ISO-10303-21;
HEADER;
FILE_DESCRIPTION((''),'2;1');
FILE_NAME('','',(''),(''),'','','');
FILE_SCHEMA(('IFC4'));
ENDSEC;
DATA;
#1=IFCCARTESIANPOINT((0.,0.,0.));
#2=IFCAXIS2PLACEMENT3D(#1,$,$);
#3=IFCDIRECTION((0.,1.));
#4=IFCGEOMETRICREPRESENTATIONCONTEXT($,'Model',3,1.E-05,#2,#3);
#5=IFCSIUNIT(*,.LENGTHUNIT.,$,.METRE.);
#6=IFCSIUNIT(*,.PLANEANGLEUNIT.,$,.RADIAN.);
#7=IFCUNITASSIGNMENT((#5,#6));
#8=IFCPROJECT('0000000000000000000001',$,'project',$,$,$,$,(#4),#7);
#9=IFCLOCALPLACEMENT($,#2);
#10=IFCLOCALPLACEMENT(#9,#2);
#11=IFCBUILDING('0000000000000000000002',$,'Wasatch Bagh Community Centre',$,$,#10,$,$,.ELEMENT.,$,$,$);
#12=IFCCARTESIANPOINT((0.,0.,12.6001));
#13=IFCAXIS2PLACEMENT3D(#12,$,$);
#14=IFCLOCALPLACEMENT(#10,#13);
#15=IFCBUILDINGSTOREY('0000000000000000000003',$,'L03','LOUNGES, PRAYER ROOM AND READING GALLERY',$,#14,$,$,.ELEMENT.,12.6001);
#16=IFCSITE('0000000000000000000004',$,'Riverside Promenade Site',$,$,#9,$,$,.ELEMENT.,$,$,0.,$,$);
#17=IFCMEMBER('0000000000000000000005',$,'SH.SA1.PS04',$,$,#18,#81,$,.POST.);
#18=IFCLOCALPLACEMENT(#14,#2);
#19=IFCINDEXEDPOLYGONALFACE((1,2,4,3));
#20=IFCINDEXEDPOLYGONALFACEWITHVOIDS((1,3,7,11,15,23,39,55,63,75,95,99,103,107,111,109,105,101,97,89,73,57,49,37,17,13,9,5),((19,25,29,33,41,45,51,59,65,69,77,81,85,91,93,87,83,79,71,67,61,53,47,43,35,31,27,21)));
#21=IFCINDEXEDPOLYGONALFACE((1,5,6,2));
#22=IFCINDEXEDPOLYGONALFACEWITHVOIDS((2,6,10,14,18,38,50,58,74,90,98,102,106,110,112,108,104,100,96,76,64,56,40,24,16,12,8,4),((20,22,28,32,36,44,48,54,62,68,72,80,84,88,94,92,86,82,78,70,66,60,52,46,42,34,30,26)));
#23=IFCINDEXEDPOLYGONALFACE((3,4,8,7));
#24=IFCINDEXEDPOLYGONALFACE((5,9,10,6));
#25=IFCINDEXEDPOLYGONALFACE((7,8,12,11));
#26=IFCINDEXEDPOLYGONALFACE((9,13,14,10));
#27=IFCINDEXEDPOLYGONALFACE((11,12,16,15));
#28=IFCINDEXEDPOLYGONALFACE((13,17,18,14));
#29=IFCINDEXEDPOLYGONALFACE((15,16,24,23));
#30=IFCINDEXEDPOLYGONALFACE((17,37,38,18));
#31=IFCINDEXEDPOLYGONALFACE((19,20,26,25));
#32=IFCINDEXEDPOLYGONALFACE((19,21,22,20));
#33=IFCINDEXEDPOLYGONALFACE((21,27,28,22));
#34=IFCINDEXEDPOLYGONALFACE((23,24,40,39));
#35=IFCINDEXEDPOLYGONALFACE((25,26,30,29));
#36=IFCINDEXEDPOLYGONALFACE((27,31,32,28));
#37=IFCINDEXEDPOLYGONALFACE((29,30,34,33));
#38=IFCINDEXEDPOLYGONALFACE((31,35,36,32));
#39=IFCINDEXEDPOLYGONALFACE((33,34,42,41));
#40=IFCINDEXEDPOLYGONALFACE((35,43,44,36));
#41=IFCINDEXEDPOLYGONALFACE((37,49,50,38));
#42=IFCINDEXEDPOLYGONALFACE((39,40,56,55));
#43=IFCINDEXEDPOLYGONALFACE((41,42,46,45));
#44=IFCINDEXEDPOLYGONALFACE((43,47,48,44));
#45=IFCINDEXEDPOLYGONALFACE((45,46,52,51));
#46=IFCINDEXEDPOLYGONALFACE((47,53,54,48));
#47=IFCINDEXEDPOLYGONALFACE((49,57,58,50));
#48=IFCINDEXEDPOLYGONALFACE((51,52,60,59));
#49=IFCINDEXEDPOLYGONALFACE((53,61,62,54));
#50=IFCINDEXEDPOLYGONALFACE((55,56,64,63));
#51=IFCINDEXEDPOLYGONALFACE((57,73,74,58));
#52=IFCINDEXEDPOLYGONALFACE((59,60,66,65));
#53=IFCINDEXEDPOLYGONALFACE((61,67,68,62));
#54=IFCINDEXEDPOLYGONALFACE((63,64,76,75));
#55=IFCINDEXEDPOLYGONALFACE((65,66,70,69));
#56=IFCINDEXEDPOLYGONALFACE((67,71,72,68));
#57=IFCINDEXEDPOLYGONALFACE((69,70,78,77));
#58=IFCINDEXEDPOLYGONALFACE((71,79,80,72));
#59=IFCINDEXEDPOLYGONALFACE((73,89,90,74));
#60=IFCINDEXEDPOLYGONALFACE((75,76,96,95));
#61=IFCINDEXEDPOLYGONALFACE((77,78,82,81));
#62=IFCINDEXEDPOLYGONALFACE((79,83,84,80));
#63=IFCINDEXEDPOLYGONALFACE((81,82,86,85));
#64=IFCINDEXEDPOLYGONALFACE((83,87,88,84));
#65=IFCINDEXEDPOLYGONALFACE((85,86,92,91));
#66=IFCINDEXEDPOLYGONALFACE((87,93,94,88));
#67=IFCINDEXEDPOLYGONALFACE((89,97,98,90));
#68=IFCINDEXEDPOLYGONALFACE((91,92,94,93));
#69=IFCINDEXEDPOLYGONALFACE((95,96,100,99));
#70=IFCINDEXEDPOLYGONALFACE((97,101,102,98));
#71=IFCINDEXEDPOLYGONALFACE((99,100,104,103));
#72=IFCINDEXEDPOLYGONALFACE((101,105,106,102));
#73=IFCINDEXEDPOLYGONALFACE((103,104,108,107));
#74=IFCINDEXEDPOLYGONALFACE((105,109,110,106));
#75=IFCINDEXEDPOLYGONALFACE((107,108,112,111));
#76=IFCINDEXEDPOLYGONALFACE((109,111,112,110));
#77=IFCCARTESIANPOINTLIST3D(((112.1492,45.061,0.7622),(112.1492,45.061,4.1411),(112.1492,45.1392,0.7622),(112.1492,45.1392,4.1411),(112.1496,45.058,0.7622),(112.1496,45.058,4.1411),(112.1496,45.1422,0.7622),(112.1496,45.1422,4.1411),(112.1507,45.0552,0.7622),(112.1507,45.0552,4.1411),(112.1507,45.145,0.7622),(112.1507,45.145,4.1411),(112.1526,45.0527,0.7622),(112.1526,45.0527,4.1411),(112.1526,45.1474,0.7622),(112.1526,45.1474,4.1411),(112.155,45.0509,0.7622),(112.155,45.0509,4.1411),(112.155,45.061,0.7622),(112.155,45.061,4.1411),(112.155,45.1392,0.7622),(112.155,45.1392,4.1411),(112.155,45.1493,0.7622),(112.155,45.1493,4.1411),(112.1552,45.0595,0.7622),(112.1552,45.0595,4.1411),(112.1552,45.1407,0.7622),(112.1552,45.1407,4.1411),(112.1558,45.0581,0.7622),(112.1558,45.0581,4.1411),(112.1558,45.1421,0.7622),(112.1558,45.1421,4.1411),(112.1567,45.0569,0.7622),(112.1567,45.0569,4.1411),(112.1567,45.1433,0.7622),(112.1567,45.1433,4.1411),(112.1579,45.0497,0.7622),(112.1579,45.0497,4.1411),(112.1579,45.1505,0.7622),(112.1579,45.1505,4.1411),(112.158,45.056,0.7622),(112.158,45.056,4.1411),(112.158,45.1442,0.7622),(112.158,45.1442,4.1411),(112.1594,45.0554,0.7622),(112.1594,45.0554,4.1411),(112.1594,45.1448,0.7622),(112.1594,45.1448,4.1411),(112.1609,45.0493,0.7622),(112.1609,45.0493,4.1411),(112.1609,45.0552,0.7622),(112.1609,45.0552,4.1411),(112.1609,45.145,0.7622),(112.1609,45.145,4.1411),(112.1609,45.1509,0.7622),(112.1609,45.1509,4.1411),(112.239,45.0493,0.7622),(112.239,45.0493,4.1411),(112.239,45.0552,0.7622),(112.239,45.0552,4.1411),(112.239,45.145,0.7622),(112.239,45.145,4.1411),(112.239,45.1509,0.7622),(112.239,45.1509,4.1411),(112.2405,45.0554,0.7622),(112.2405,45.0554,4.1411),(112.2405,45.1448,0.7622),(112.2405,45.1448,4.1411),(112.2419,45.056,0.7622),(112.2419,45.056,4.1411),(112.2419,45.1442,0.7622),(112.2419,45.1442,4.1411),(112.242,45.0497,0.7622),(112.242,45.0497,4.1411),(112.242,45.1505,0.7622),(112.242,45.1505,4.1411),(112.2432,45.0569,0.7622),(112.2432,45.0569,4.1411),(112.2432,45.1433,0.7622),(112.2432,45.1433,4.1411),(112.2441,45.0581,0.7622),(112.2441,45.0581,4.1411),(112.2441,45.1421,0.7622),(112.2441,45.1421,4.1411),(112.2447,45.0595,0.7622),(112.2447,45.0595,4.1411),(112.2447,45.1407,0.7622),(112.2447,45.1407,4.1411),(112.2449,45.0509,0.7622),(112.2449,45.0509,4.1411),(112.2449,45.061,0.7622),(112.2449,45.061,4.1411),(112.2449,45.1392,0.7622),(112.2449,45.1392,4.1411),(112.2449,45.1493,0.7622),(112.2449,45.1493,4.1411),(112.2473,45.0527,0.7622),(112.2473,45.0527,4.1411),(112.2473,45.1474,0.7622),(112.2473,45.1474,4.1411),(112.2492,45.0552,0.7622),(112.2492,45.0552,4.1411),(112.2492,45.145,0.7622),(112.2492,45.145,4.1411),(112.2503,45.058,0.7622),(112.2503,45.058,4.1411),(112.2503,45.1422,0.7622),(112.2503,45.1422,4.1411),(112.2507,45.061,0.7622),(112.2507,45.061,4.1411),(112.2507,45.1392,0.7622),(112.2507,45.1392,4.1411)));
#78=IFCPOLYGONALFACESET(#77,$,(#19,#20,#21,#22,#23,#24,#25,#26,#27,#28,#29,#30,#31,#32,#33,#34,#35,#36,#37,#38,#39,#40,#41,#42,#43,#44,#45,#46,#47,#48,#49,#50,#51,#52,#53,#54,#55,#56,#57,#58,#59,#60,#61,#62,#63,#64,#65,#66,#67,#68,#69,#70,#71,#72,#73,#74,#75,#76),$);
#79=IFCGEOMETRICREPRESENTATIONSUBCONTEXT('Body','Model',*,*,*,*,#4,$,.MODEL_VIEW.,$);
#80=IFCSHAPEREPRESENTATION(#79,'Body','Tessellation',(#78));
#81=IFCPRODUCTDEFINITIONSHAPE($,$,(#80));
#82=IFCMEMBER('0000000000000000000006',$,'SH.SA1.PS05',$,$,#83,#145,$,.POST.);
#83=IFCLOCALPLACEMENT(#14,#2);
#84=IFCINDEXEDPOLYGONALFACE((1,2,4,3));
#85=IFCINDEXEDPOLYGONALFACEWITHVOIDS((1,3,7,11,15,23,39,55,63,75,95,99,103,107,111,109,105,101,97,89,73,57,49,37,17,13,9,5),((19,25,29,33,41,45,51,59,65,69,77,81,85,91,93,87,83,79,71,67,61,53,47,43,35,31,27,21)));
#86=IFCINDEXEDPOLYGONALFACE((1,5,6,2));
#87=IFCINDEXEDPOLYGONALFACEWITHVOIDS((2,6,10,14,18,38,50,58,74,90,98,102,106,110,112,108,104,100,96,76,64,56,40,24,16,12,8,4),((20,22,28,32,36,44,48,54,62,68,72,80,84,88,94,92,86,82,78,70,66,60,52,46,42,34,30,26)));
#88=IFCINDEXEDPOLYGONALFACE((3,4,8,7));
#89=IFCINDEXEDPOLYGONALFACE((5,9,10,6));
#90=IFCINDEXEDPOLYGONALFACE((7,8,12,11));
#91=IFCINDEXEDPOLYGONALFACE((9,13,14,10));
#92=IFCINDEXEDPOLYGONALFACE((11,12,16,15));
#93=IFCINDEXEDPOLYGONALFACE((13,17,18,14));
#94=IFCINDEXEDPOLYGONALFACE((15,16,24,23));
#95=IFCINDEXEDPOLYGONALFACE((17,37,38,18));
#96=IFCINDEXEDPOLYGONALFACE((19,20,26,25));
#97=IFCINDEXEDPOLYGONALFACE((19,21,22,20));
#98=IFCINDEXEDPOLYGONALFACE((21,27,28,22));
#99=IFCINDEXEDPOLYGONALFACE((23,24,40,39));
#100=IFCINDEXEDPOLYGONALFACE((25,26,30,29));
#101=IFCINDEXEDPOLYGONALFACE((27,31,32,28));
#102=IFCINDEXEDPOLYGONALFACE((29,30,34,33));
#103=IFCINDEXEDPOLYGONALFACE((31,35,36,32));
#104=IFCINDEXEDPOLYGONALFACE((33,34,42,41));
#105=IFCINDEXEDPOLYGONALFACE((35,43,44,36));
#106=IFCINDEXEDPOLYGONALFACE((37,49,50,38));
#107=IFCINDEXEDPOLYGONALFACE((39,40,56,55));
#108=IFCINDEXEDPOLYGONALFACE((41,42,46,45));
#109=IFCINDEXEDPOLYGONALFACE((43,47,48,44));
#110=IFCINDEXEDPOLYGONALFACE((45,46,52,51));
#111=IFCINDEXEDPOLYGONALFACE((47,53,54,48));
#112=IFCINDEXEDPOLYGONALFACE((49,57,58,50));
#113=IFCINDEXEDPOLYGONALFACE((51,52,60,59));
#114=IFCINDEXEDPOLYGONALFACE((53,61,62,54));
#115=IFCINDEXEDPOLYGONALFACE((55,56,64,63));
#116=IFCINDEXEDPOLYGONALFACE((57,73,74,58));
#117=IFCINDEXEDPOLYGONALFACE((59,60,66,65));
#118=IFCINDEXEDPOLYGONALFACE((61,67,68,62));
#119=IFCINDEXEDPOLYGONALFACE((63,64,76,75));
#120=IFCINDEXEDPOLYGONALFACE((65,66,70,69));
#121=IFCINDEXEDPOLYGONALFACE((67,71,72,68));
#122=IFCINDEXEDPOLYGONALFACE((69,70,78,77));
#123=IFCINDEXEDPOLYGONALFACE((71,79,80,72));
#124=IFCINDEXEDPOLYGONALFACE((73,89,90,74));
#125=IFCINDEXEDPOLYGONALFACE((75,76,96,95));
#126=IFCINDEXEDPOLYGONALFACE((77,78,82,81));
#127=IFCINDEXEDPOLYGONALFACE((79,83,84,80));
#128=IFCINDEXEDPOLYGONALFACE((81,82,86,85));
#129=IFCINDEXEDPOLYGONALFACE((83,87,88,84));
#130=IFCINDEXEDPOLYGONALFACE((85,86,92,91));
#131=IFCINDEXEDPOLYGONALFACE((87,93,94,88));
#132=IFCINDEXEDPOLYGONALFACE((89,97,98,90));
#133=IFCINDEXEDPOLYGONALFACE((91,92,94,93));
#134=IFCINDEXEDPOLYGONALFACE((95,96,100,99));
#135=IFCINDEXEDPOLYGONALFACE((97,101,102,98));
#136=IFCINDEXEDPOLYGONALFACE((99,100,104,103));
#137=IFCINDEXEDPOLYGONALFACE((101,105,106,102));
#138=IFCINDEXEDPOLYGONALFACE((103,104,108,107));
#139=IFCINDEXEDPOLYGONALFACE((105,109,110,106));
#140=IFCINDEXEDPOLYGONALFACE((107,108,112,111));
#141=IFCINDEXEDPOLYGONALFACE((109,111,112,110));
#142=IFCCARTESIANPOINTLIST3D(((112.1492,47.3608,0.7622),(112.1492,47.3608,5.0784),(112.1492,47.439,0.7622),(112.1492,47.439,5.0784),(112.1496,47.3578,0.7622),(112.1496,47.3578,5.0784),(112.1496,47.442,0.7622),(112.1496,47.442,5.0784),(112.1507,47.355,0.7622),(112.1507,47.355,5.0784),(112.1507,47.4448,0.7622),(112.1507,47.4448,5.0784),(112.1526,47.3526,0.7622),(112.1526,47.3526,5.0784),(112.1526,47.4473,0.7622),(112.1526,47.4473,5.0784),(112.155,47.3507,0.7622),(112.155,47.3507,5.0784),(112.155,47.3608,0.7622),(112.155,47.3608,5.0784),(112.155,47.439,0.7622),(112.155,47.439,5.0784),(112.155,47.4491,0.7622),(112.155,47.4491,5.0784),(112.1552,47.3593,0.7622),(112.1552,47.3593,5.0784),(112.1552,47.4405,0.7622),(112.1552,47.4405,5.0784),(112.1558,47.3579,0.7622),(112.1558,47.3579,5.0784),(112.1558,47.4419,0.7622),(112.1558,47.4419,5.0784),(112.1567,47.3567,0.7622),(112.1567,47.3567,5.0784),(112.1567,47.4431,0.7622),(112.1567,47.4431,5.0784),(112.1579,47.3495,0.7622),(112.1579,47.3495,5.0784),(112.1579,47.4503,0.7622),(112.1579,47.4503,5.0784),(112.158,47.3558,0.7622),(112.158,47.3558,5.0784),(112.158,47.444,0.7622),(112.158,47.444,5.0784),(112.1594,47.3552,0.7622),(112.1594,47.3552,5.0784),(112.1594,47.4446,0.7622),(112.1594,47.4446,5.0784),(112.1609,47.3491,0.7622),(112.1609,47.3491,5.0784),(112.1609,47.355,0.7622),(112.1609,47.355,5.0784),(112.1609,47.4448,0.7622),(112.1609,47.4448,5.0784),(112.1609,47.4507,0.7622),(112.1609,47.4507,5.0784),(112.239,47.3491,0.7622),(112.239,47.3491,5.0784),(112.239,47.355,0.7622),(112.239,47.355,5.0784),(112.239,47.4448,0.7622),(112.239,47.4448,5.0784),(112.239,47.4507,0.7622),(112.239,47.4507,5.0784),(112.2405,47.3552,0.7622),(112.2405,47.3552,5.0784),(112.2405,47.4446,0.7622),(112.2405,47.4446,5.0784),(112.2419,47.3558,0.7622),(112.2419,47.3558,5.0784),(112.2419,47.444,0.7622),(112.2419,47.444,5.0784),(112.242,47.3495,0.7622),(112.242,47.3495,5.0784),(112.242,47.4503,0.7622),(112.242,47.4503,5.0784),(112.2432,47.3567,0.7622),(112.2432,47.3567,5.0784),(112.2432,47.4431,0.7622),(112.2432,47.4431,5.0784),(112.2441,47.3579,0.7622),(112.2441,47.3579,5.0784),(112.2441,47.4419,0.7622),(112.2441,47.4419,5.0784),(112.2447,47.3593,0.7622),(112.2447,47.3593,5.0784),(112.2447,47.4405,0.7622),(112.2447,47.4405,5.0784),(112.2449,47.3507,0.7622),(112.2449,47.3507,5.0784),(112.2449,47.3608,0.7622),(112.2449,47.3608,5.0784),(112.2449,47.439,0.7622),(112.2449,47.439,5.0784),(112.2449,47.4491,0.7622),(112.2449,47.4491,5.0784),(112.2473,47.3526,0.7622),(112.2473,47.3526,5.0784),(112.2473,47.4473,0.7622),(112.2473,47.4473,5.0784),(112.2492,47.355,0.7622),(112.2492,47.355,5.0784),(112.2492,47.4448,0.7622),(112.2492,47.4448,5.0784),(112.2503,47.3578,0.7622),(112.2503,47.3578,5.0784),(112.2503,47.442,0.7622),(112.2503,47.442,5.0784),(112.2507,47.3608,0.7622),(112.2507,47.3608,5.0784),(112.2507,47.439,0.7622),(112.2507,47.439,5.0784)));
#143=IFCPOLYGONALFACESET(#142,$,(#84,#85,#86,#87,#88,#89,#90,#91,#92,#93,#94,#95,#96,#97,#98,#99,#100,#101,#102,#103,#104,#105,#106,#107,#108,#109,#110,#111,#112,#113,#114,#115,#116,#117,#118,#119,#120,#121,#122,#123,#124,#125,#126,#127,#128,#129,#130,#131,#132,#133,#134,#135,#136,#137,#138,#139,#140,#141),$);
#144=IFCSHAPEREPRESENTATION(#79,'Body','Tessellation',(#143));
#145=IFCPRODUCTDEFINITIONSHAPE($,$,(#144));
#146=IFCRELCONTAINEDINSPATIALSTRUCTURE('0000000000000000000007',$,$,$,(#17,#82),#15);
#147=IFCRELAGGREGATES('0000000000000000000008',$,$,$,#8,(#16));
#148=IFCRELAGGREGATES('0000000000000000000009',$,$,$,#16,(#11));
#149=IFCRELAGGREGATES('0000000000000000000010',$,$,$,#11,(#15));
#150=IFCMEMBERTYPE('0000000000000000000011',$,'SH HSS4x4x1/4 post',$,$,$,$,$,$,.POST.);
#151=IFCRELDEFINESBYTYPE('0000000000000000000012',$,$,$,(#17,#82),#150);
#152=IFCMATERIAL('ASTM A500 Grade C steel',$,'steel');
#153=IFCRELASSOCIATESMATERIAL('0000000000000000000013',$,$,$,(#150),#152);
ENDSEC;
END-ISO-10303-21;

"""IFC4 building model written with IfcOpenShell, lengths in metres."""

from ifc_helpers import new_model, si_unit, direction, frame, origin, origin_2d, place, context, subcontext, project, spatial, hollow_rectangle, extrude, material, material_profile, profile_set, type_object, element, save


model = new_model("IFC4")

# Units and contexts
model_context = context("Model", 3, precision=1e-05, world=origin(), true_north=direction((0.0, 1.0)))
body_context = subcontext(model_context, "Body", "Model", "MODEL_VIEW")
ifc_project = project(units=[si_unit("LENGTHUNIT", "METRE"), si_unit("PLANEANGLEUNIT", "RADIAN")], contexts=[model_context])

# Site, building, storey
site_placement = place(None, origin())
site = spatial("IfcSite", under=ifc_project, at=site_placement, Name="Riverside Promenade Site", CompositionType="ELEMENT", RefElevation=0.0)
building_placement = place(site_placement, origin())
building = spatial("IfcBuilding", under=site, at=building_placement, Name="Wasatch Bagh Community Centre", CompositionType="ELEMENT")
storey_placement = place(building_placement, frame((0.0, 0.0, 12.6001)))
storey = spatial("IfcBuildingStorey", under=building, at=storey_placement, Name="L03", Description="LOUNGES, PRAYER ROOM AND READING GALLERY", CompositionType="ELEMENT", Elevation=12.6001)

# Members
ifc_material_1 = material(Name="ASTM A500 Grade C steel", Category="steel")
ifc_material_profile_1 = material_profile(ifc_material_1, hollow_rectangle(XDim=0.1016, YDim=0.1016, WallThickness=0.0059, InnerFilletRadius=0.0059, OuterFilletRadius=0.0117, at=origin_2d()), Name="HSS4x4x1/4")
ifc_profile_set_1 = profile_set([ifc_material_profile_1], Name="ASTM A500 Grade C steel")
member_type_1 = type_object("IfcMemberType", Name="SH HSS4x4x1/4 post", PredefinedType="POST", material=ifc_profile_set_1)
member_1_placement = place(storey_placement, frame((112.2, 45.1001, 0.7622), z_axis=(0.0, 0.0, 1.0), x_axis=(1.0, 0.0, 0.0)))
element("IfcMember", 1, at=member_1_placement, inside=storey, type_object=member_type_1, Name="SH.SA1.PS04", PredefinedType="POST", context=body_context, shape_type="SweptSolid", body=[
    extrude(hollow_rectangle(XDim=0.1016, YDim=0.1016, WallThickness=0.0059, InnerFilletRadius=0.0059, OuterFilletRadius=0.0117, at=origin_2d()), origin(), (0.0, 0.0, 1.0), 3.3789),
])
member_2_placement = place(storey_placement, frame((112.2, 47.3999, 0.7622), z_axis=(0.0, 0.0, 1.0), x_axis=(1.0, 0.0, 0.0)))
element("IfcMember", 2, at=member_2_placement, inside=storey, type_object=member_type_1, Name="SH.SA1.PS05", PredefinedType="POST", context=body_context, shape_type="SweptSolid", body=[
    extrude(hollow_rectangle(XDim=0.1016, YDim=0.1016, WallThickness=0.0059, InnerFilletRadius=0.0059, OuterFilletRadius=0.0117, at=origin_2d()), origin(), (0.0, 0.0, 1.0), 4.3162),
])

save(model, "model.ifc")
